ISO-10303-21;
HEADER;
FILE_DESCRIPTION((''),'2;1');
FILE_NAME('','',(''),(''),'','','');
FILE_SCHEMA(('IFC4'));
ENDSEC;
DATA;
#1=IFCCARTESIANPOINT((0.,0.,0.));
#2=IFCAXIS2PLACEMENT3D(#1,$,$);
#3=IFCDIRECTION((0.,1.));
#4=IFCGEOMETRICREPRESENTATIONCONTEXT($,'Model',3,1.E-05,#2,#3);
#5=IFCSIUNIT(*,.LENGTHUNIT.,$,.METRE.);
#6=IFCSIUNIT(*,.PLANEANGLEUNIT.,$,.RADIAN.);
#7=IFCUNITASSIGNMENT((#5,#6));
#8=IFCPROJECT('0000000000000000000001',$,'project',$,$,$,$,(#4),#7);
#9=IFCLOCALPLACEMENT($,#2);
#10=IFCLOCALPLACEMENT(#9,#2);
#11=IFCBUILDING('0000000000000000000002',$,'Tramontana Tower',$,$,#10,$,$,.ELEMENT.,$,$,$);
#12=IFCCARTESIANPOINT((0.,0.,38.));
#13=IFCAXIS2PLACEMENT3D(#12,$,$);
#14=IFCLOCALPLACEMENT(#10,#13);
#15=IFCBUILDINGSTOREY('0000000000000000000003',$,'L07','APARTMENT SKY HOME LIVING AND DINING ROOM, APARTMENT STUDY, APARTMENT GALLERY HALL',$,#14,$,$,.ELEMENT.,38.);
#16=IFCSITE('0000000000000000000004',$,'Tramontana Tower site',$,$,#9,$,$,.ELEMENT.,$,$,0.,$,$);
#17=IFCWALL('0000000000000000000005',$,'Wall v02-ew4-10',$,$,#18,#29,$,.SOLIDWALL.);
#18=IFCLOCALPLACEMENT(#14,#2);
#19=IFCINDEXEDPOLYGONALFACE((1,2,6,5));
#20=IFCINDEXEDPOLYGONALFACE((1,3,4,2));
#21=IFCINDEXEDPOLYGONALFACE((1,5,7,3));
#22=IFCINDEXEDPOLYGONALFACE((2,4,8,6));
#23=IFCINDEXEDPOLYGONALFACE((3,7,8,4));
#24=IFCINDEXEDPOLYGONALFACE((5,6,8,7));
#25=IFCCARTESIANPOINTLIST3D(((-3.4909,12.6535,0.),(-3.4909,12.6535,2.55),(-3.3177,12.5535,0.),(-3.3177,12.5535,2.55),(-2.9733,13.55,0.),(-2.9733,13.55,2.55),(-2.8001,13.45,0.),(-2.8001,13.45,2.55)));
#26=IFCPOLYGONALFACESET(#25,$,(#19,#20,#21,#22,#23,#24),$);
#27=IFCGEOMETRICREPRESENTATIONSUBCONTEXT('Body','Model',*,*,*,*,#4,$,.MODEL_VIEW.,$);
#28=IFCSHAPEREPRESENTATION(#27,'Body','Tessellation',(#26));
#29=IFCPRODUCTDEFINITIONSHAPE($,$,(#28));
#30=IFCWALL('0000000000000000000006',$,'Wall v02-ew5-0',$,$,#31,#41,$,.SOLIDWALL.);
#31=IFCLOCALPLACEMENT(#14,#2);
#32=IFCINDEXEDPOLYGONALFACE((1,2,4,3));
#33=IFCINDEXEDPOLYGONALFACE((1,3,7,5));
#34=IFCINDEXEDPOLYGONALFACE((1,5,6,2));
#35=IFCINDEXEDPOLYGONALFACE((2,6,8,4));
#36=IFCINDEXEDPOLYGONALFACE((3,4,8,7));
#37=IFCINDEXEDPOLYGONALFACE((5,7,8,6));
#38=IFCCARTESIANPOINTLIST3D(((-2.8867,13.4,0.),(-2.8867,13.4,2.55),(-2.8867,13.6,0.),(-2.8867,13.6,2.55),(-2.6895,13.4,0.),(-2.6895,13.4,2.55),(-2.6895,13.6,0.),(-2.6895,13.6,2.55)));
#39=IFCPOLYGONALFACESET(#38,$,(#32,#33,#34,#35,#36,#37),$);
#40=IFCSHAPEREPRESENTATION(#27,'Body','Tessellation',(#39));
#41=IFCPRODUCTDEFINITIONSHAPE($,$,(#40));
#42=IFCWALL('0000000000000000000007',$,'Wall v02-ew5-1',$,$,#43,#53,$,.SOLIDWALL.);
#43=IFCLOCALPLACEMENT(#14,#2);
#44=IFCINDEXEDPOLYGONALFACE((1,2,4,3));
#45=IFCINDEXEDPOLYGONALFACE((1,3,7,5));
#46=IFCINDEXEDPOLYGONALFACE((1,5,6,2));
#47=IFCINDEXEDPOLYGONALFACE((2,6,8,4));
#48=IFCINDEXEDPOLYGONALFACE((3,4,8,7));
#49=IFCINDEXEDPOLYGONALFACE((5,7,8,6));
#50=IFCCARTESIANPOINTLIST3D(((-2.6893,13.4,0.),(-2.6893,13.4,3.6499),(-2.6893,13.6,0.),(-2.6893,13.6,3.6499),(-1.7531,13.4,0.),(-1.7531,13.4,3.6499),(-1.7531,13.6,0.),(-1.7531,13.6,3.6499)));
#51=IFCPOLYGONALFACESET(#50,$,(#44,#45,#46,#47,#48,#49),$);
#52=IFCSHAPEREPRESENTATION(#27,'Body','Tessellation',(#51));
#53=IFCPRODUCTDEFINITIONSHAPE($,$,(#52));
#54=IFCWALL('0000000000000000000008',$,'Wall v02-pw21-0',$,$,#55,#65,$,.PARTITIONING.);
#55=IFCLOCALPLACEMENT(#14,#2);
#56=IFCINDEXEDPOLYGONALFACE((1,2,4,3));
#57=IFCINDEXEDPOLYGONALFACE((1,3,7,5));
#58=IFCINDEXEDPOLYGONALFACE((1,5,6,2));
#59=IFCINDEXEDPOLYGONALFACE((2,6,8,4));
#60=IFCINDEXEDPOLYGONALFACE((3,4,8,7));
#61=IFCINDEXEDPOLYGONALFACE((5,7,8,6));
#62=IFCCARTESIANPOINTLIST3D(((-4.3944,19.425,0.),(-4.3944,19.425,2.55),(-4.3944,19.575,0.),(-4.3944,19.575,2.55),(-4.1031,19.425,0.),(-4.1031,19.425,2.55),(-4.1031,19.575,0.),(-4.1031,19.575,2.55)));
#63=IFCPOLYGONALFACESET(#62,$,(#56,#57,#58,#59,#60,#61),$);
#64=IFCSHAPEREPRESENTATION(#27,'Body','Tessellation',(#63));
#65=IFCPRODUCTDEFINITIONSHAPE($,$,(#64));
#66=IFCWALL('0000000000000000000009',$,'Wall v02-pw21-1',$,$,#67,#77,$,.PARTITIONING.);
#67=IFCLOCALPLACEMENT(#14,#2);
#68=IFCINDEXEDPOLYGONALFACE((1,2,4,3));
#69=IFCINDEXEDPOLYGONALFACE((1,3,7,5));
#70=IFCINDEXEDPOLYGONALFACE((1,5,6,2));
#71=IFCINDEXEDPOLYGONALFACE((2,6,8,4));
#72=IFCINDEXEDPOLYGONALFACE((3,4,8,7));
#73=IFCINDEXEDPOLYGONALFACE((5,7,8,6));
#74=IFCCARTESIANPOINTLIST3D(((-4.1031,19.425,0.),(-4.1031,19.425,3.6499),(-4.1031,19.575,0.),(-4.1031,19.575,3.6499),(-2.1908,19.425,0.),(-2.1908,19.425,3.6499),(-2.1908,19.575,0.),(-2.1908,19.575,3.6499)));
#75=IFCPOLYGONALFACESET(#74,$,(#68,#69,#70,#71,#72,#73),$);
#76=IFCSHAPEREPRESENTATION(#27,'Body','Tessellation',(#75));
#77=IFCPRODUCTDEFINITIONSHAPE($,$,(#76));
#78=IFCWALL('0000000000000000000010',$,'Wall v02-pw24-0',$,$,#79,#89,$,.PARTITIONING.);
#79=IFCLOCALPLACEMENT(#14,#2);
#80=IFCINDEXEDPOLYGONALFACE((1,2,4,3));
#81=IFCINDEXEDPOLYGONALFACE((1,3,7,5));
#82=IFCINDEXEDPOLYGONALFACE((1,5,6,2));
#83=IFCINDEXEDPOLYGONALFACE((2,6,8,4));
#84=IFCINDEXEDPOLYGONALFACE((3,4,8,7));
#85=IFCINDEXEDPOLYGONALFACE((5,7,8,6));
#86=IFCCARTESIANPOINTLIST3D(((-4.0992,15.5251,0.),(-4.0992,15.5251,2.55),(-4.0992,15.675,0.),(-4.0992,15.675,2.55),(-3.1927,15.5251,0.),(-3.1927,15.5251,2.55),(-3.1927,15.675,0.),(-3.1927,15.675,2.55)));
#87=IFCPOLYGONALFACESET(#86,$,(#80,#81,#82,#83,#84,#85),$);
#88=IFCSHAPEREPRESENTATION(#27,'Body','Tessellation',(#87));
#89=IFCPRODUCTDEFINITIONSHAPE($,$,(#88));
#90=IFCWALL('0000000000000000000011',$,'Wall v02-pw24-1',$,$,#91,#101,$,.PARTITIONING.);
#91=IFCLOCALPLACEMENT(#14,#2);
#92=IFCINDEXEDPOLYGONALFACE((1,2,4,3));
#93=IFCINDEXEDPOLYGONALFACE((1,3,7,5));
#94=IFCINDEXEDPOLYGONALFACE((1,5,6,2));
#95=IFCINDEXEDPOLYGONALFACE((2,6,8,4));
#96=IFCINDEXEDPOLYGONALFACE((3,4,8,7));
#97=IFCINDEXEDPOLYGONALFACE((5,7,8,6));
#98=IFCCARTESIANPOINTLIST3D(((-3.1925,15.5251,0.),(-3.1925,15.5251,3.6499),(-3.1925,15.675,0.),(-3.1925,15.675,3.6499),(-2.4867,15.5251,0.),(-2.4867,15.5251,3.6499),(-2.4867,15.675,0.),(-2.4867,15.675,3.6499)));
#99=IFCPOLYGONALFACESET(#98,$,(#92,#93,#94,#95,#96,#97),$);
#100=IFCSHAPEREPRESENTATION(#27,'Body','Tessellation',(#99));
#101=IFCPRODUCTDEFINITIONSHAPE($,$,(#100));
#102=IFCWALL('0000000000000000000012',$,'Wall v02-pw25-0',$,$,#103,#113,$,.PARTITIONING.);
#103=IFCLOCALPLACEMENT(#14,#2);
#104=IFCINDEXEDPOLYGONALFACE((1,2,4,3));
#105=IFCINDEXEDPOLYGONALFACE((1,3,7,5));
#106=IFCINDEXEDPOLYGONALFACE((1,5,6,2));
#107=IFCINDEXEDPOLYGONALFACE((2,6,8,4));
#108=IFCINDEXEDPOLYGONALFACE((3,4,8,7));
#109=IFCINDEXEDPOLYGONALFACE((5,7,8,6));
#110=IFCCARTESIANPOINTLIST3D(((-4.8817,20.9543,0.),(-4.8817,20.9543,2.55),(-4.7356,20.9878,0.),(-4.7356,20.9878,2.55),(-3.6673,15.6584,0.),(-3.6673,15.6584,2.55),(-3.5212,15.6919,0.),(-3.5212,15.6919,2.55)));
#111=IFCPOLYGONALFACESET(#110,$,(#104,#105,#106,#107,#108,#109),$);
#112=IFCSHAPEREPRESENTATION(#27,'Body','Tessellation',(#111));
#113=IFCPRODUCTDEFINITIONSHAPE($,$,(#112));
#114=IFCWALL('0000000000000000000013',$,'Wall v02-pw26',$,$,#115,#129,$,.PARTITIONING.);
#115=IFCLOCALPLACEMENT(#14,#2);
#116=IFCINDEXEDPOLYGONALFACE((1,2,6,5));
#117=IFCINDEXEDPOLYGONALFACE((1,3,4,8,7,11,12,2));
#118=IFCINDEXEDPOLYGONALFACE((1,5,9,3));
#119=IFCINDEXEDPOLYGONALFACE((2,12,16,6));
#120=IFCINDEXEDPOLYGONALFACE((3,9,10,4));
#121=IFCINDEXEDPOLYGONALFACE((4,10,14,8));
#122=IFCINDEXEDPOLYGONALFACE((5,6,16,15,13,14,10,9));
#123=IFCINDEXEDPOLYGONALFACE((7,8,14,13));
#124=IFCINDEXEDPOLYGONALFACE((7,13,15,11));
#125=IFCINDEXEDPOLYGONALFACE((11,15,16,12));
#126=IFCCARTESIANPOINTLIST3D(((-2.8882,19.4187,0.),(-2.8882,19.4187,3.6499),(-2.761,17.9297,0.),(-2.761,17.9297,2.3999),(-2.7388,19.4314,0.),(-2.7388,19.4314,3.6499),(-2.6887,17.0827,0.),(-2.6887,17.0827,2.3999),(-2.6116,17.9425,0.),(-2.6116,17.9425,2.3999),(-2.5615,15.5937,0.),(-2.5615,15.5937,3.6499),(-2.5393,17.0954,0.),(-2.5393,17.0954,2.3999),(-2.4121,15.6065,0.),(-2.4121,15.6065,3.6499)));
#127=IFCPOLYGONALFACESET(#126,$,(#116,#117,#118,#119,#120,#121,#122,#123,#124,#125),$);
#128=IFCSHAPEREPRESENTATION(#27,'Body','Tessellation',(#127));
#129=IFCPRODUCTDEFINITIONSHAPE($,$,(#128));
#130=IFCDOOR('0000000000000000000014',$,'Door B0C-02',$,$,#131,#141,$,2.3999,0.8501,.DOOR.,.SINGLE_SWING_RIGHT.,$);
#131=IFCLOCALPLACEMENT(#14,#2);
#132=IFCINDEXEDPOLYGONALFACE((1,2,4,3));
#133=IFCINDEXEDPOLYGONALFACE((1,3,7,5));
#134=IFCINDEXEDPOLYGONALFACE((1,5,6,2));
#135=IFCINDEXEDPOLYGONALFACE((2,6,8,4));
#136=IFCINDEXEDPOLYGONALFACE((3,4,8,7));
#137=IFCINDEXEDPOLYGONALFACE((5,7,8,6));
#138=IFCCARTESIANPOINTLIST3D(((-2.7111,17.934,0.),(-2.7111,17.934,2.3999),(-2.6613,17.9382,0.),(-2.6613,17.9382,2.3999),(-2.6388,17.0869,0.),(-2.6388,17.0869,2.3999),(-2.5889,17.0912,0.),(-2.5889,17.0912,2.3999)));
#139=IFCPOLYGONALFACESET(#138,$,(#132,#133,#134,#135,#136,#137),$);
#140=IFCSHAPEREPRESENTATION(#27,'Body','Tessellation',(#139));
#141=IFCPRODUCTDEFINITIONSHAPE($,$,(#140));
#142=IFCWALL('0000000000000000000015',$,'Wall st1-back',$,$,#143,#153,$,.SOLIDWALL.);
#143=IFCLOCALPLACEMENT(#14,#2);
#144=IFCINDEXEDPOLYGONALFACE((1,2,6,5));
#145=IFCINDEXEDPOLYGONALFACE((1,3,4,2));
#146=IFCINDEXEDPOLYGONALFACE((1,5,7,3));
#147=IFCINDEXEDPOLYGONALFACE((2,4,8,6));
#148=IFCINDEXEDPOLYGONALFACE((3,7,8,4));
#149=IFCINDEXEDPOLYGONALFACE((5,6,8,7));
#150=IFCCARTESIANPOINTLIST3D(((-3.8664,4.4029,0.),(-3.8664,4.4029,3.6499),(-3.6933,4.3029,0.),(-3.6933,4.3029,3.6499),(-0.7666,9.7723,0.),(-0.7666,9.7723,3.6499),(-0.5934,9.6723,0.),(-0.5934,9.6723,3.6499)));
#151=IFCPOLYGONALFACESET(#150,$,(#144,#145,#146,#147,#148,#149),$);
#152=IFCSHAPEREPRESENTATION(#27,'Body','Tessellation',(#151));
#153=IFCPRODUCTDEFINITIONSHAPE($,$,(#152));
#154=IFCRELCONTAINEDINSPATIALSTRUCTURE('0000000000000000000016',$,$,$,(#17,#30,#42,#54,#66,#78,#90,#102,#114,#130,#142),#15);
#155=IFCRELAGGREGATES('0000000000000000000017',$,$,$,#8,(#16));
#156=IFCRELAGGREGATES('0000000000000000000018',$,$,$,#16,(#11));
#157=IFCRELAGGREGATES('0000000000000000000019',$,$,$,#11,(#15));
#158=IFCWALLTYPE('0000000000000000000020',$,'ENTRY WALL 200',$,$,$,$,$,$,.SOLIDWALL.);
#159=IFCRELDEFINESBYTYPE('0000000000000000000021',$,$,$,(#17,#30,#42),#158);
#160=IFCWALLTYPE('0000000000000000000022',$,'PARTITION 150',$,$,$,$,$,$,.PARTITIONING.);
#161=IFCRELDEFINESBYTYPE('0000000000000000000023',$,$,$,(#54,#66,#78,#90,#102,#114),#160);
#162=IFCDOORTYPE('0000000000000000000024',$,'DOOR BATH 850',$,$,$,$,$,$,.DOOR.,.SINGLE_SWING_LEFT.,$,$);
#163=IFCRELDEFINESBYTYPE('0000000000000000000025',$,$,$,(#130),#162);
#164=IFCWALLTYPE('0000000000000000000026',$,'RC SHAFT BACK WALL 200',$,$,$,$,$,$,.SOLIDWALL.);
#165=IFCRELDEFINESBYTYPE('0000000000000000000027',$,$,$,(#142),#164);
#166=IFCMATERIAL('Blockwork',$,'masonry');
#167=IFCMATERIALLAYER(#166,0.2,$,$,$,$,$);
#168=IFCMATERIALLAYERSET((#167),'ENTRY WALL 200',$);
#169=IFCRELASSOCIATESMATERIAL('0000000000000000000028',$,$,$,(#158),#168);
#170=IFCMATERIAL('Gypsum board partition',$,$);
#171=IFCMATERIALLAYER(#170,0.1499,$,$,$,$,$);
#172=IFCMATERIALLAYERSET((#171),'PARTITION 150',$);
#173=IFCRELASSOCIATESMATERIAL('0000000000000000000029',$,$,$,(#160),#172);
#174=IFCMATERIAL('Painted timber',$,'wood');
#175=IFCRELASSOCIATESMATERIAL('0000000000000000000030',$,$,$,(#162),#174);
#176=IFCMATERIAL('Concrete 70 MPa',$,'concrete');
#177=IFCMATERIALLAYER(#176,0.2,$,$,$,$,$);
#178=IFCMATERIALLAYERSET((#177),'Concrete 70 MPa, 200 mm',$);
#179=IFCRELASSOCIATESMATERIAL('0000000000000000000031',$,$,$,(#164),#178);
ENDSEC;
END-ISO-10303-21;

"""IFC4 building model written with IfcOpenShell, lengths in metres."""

from ifc_helpers import new_model, si_unit, direction, frame, frame_2d, origin, place, context, subcontext, project, spatial, rectangle, extrude, material, layer, layer_set, type_object, element, fill, save


model = new_model("IFC4")

# Units and contexts
model_context = context("Model", 3, precision=1e-05, world=origin(), true_north=direction((0.0, 1.0)))
body_context = subcontext(model_context, "Body", "Model", "MODEL_VIEW")
ifc_project = project(units=[si_unit("LENGTHUNIT", "METRE"), si_unit("PLANEANGLEUNIT", "RADIAN")], contexts=[model_context])

# Site, building, storey
site_placement = place(None, origin())
site = spatial("IfcSite", under=ifc_project, at=site_placement, Name="Tramontana Tower site", CompositionType="ELEMENT", RefElevation=0.0)
building_placement = place(site_placement, origin())
building = spatial("IfcBuilding", under=site, at=building_placement, Name="Tramontana Tower", CompositionType="ELEMENT")
storey_placement = place(building_placement, frame((0.0, 0.0, 38.0)))
storey = spatial("IfcBuildingStorey", under=building, at=storey_placement, Name="L07", Description="APARTMENT SKY HOME LIVING AND DINING ROOM, APARTMENT STUDY, APARTMENT GALLERY HALL", CompositionType="ELEMENT", Elevation=38.0)

# Walls
ifc_material_1 = material(Name="Blockwork", Category="masonry")
ifc_layer_1 = layer(ifc_material_1, 0.2)
ifc_layer_set_1 = layer_set([ifc_layer_1], Name="ENTRY WALL 200")
wall_type_1 = type_object("IfcWallType", Name="ENTRY WALL 200", PredefinedType="SOLIDWALL", material=ifc_layer_set_1)
wall_1_placement = place(storey_placement, frame((-3.4043, 12.6035, 0.0), z_axis=(0.0, 0.0, 1.0), x_axis=(0.499995, 0.866028, 0.0)))
element("IfcWall", 1, at=wall_1_placement, inside=storey, type_object=wall_type_1, Name="Wall v02-ew4-10", PredefinedType="SOLIDWALL", context=body_context, shape_type="SweptSolid", body=[
    extrude(rectangle(XDim=1.0352, YDim=0.2, at=frame_2d((0.5176, 0.0))), origin(), (0.0, 0.0, 1.0), 2.55),
])
wall_2_placement = place(storey_placement, frame((-2.8867, 13.5, 0.0), z_axis=(0.0, 0.0, 1.0), x_axis=(1.0, 0.0, 0.0)))
element("IfcWall", 2, at=wall_2_placement, inside=storey, type_object=wall_type_1, Name="Wall v02-ew5-0", PredefinedType="SOLIDWALL", context=body_context, shape_type="SweptSolid", body=[
    extrude(rectangle(XDim=0.1973, YDim=0.2, at=frame_2d((0.0986, 0.0))), origin(), (0.0, 0.0, 1.0), 2.55),
])
wall_3_placement = place(storey_placement, frame((-2.6895, 13.5, 0.0), z_axis=(0.0, 0.0, 1.0), x_axis=(1.0, 0.0, 0.0)))
element("IfcWall", 3, at=wall_3_placement, inside=storey, type_object=wall_type_1, Name="Wall v02-ew5-1", PredefinedType="SOLIDWALL", context=body_context, shape_type="SweptSolid", body=[
    extrude(rectangle(XDim=0.9363, YDim=0.2, at=frame_2d((0.4683, 0.0))), origin(), (0.0, 0.0, 1.0), 3.6499),
])
ifc_material_2 = material(Name="Gypsum board partition")
ifc_layer_2 = layer(ifc_material_2, 0.1499)
ifc_layer_set_2 = layer_set([ifc_layer_2], Name="PARTITION 150")
wall_type_2 = type_object("IfcWallType", Name="PARTITION 150", PredefinedType="PARTITIONING", material=ifc_layer_set_2)
wall_4_placement = place(storey_placement, frame((-4.3943, 19.5, 0.0), z_axis=(0.0, 0.0, 1.0), x_axis=(1.0, 0.0, 0.0)))
element("IfcWall", 4, at=wall_4_placement, inside=storey, type_object=wall_type_2, Name="Wall v02-pw21-0", PredefinedType="PARTITIONING", context=body_context, shape_type="SweptSolid", body=[
    extrude(rectangle(XDim=0.2913, YDim=0.1499, at=frame_2d((0.1455, 0.0))), origin(), (0.0, 0.0, 1.0), 2.55),
])
wall_5_placement = place(storey_placement, frame((-4.103, 19.5, 0.0), z_axis=(0.0, 0.0, 1.0), x_axis=(1.0, 0.0, 0.0)))
element("IfcWall", 5, at=wall_5_placement, inside=storey, type_object=wall_type_2, Name="Wall v02-pw21-1", PredefinedType="PARTITIONING", context=body_context, shape_type="SweptSolid", body=[
    extrude(rectangle(XDim=1.9124, YDim=0.1499, at=frame_2d((0.9561, 0.0))), origin(), (0.0, 0.0, 1.0), 3.6499),
])
wall_6_placement = place(storey_placement, frame((-4.0991, 15.6001, 0.0), z_axis=(0.0, 0.0, 1.0), x_axis=(1.0, 0.0, 0.0)))
element("IfcWall", 6, at=wall_6_placement, inside=storey, type_object=wall_type_2, Name="Wall v02-pw24-0", PredefinedType="PARTITIONING", context=body_context, shape_type="SweptSolid", body=[
    extrude(rectangle(XDim=0.9065, YDim=0.1499, at=frame_2d((0.4531, 0.0))), origin(), (0.0, 0.0, 1.0), 2.55),
])
wall_7_placement = place(storey_placement, frame((-3.1926, 15.6001, 0.0), z_axis=(0.0, 0.0, 1.0), x_axis=(1.0, 0.0, 0.0)))
element("IfcWall", 7, at=wall_7_placement, inside=storey, type_object=wall_type_2, Name="Wall v02-pw24-1", PredefinedType="PARTITIONING", context=body_context, shape_type="SweptSolid", body=[
    extrude(rectangle(XDim=0.7058, YDim=0.1499, at=frame_2d((0.353, 0.0))), origin(), (0.0, 0.0, 1.0), 3.6499),
])
wall_8_placement = place(storey_placement, frame((-3.5942, 15.675, 0.0), z_axis=(0.0, 0.0, 1.0), x_axis=(-0.223501, 0.974704, 0.0)))
element("IfcWall", 8, at=wall_8_placement, inside=storey, type_object=wall_type_2, Name="Wall v02-pw25-0", PredefinedType="PARTITIONING", context=body_context, shape_type="SweptSolid", body=[
    extrude(rectangle(XDim=5.4333, YDim=0.1499, at=frame_2d((2.7168, 0.0))), origin(), (0.0, 0.0, 1.0), 2.55),
])

# Wall, opening, door
wall_9_placement = place(storey_placement, frame((-2.4868, 15.6001, 0.0), z_axis=(0.0, 0.0, 1.0), x_axis=(-0.085093, 0.996373, 0.0)))
wall_9 = element("IfcWall", 9, at=wall_9_placement, inside=storey, type_object=wall_type_2, Name="Wall v02-pw26", PredefinedType="PARTITIONING", context=body_context, shape_type="SweptSolid", body=[
    extrude(rectangle(XDim=3.8389, YDim=0.1499, at=frame_2d((1.9194, 0.0))), origin(), (0.0, 0.0, 1.0), 3.6499),
])
opening_1_placement = place(wall_9_placement, frame((1.4944, 0.0, 0.0)))
opening_1 = element("IfcOpeningElement", 10, at=opening_1_placement, cuts=wall_9, PredefinedType="OPENING", context=body_context, shape_type="SweptSolid", body=[
    extrude(rectangle(XDim=0.8501, YDim=2.3999, at=frame_2d((0.425, 1.2))), frame((0.0, 0.085, 0.0), z_axis=(0.0, -1.0, 0.0), x_axis=(1.0, 0.0, 0.0)), (0.0, 0.0, 1.0), 0.1699),
])
ifc_material_3 = material(Name="Painted timber", Category="wood")
door_type_1 = type_object("IfcDoorType", Name="DOOR BATH 850", OperationType="SINGLE_SWING_LEFT", PredefinedType="DOOR", material=ifc_material_3)
door_1_placement = place(opening_1_placement, origin())
door_1 = element("IfcDoor", 11, at=door_1_placement, inside=storey, type_object=door_type_1, Name="Door B0C-02", OperationType="SINGLE_SWING_RIGHT", OverallHeight=2.3999, OverallWidth=0.8501, PredefinedType="DOOR", context=body_context, shape_type="SweptSolid", body=[
    extrude(rectangle(XDim=0.8501, YDim=2.3999, at=frame_2d((0.425, 1.2))), frame((0.0, 0.0249, 0.0), z_axis=(0.0, -1.0, 0.0), x_axis=(1.0, 0.0, 0.0)), (0.0, 0.0, 1.0), 0.05),
])
fill(opening_1, door_1)

# Wall
ifc_material_4 = material(Name="Concrete 70 MPa", Category="concrete")
ifc_layer_3 = layer(ifc_material_4, 0.2)
ifc_layer_set_3 = layer_set([ifc_layer_3], Name="Concrete 70 MPa, 200 mm")
wall_type_3 = type_object("IfcWallType", Name="RC SHAFT BACK WALL 200", PredefinedType="SOLIDWALL", material=ifc_layer_set_3)
wall_10_placement = place(storey_placement, frame((-0.6799, 9.7224, 0.0), z_axis=(0.0, 0.0, 1.0), x_axis=(-0.49998, -0.866037, 0.0)))
element("IfcWall", 12, at=wall_10_placement, inside=storey, type_object=wall_type_3, Name="Wall st1-back", PredefinedType="SOLIDWALL", context=body_context, shape_type="SweptSolid", body=[
    extrude(rectangle(XDim=6.2, YDim=0.2, at=frame_2d((3.1001, 0.0))), origin(), (0.0, 0.0, 1.0), 3.6499),
])

save(model, "model.ifc")
